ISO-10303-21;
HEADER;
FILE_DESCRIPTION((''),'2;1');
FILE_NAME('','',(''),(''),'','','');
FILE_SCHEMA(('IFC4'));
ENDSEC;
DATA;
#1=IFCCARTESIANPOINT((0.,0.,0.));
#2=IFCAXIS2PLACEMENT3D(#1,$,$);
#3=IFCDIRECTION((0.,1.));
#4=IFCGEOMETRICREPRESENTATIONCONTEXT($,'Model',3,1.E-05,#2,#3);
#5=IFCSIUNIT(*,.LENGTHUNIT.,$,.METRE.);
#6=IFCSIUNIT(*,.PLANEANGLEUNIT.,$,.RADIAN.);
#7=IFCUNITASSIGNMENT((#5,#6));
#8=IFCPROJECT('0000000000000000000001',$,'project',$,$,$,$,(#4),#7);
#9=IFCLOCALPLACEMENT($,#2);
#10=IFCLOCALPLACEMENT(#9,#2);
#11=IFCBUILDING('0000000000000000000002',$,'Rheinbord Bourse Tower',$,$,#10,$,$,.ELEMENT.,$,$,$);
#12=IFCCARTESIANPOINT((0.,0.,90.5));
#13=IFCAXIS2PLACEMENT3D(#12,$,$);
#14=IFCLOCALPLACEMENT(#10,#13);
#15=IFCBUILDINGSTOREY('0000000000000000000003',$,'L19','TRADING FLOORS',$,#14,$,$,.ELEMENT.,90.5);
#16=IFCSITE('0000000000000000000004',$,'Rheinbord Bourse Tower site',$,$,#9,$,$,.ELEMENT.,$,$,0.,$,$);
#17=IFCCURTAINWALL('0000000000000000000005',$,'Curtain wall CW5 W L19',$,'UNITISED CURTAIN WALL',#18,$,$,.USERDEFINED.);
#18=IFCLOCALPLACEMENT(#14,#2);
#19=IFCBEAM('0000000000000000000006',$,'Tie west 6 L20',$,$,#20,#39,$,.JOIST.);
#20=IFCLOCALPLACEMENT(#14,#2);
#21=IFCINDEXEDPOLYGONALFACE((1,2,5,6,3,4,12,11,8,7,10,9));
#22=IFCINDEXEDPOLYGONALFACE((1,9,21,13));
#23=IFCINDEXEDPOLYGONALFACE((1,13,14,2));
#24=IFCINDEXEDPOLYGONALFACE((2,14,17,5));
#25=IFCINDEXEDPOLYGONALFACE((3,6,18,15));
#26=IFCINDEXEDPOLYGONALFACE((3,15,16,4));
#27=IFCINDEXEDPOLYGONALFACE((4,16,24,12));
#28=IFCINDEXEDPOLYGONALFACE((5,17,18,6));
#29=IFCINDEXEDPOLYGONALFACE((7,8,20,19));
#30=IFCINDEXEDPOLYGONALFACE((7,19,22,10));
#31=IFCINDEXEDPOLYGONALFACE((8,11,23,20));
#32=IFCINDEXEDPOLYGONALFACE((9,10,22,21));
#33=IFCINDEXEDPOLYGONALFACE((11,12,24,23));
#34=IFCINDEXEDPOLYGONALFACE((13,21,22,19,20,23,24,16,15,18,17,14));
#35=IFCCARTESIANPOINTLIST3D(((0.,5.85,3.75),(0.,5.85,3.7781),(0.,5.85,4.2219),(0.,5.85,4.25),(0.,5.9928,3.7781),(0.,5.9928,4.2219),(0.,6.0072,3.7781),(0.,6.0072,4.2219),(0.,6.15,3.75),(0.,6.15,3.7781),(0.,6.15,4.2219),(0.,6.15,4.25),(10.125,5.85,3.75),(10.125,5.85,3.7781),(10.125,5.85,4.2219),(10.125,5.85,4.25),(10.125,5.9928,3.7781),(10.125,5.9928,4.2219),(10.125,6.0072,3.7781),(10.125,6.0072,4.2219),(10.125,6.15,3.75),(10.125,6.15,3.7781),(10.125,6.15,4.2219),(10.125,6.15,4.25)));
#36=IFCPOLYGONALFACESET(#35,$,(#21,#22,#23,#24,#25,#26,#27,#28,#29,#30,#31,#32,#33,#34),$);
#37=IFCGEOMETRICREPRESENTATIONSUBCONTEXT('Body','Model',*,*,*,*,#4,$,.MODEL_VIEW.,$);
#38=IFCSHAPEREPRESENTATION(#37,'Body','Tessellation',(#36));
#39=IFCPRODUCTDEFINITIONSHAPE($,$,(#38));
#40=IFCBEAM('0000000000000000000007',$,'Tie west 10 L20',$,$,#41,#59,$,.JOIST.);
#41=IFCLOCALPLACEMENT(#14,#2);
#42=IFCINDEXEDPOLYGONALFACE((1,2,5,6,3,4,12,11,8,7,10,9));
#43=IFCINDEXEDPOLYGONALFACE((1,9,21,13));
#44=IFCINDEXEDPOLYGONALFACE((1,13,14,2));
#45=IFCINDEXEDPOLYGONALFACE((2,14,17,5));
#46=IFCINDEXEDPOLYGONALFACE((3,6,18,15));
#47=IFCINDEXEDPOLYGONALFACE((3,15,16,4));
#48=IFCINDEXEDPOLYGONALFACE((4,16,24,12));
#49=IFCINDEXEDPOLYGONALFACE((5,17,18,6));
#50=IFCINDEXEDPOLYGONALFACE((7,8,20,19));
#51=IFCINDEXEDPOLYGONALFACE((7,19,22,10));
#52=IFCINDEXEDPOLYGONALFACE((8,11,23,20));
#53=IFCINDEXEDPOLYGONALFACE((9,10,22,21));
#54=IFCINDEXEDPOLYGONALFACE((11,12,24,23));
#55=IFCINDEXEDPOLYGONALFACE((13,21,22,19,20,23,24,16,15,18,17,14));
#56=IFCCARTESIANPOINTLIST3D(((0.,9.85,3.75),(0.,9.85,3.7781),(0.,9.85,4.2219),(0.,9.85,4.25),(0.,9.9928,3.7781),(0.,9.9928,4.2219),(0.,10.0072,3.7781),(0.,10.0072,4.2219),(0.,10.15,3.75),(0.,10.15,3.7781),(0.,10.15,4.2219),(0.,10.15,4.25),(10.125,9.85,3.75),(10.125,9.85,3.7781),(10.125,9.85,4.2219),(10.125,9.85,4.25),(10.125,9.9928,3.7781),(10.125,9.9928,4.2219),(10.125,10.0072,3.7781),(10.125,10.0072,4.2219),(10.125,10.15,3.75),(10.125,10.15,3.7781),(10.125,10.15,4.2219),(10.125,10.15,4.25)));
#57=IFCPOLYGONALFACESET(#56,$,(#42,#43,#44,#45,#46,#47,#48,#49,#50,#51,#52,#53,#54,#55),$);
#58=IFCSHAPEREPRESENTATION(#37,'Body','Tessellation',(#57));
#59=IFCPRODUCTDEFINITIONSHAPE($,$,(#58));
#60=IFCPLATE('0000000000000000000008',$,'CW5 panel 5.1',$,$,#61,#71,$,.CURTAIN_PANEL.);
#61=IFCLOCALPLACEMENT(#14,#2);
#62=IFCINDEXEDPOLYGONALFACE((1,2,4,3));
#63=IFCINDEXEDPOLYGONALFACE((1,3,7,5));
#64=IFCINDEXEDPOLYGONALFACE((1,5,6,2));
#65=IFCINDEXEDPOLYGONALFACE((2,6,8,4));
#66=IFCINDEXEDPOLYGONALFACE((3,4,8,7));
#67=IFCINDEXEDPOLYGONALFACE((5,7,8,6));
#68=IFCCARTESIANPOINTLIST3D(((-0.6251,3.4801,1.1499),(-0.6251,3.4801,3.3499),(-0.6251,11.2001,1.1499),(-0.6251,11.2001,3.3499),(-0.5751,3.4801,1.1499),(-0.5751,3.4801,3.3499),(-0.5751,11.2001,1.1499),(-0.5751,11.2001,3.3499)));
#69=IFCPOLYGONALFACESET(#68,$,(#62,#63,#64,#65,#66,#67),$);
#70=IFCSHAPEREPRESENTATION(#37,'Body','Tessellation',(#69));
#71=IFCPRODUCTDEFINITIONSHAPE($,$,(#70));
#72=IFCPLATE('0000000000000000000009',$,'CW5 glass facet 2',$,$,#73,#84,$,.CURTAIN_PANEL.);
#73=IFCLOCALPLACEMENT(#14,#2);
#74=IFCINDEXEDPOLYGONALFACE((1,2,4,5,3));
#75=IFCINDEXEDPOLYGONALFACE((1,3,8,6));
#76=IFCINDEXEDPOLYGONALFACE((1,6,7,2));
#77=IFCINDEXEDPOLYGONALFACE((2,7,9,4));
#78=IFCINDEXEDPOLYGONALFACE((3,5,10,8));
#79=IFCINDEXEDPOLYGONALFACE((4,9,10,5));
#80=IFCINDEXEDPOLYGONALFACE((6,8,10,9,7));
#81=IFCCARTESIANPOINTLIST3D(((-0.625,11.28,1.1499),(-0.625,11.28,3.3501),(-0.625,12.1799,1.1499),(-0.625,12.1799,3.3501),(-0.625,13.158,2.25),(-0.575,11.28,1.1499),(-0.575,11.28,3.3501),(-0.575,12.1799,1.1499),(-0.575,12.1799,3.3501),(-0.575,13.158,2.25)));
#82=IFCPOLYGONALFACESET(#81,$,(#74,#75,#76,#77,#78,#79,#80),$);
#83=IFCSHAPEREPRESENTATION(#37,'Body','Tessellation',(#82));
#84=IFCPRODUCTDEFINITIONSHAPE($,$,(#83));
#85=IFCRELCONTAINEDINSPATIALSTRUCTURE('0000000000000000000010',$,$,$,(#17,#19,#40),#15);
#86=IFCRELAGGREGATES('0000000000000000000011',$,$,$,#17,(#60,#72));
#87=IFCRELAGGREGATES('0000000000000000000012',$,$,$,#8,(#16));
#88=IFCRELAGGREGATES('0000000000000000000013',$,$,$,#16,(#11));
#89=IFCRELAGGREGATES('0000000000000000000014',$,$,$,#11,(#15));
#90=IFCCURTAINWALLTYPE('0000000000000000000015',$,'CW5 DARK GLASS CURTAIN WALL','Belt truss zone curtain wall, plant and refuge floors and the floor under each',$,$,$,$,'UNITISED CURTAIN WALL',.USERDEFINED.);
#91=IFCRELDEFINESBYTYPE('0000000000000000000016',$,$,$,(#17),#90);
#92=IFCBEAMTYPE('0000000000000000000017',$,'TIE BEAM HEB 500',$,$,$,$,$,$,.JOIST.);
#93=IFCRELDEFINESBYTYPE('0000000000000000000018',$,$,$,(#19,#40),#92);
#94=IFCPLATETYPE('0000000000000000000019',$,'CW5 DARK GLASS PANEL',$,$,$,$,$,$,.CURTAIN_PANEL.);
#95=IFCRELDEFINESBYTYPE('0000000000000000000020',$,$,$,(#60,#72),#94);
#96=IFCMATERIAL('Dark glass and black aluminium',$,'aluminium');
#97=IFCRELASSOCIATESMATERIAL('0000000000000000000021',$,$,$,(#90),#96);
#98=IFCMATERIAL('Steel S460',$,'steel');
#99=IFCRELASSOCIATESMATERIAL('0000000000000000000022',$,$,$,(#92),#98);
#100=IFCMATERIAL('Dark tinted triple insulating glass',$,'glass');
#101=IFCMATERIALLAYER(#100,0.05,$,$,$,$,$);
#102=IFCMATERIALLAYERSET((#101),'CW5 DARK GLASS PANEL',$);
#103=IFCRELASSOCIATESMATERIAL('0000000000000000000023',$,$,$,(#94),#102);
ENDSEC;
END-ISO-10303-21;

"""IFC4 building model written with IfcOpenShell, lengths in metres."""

from ifc_helpers import new_model, si_unit, direction, frame, origin, origin_2d, place, context, subcontext, project, spatial, polyline, rectangle, i_section, outline, extrude, material, layer, layer_set, material_profile, profile_set, type_object, element, aggregate, save


model = new_model("IFC4")

# Units and contexts
model_context = context("Model", 3, precision=1e-05, world=origin(), true_north=direction((0.0, 1.0)))
body_context = subcontext(model_context, "Body", "Model", "MODEL_VIEW")
ifc_project = project(units=[si_unit("LENGTHUNIT", "METRE"), si_unit("PLANEANGLEUNIT", "RADIAN")], contexts=[model_context])

# Site, building, storey
site_placement = place(None, origin())
site = spatial("IfcSite", under=ifc_project, at=site_placement, Name="Rheinbord Bourse Tower site", CompositionType="ELEMENT", RefElevation=0.0)
building_placement = place(site_placement, origin())
building = spatial("IfcBuilding", under=site, at=building_placement, Name="Rheinbord Bourse Tower", CompositionType="ELEMENT")
storey_placement = place(building_placement, frame((0.0, 0.0, 90.5)))
storey = spatial("IfcBuildingStorey", under=building, at=storey_placement, Name="L19", Description="TRADING FLOORS", CompositionType="ELEMENT", Elevation=90.5)

# Curtain wall
ifc_material_1 = material(Name="Dark glass and black aluminium", Category="aluminium")
curtain_wall_type = type_object("IfcCurtainWallType", Name="CW5 DARK GLASS CURTAIN WALL", Description="Belt truss zone curtain wall, plant and refuge floors and the floor under each", ElementType="UNITISED CURTAIN WALL", PredefinedType="USERDEFINED", material=ifc_material_1)
curtain_wall_placement = place(storey_placement, origin())
curtain_wall = element("IfcCurtainWall", 1, at=curtain_wall_placement, inside=storey, type_object=curtain_wall_type, Name="Curtain wall CW5 W L19", ObjectType="UNITISED CURTAIN WALL", PredefinedType="USERDEFINED")

# Beams
ifc_material_2 = material(Name="Steel S460", Category="steel")
ifc_material_profile_1 = material_profile(ifc_material_2, i_section(OverallWidth=0.3, OverallDepth=0.5, WebThickness=0.0144, FlangeThickness=0.0281, at=origin_2d()), Name="HEB 500")
ifc_profile_set_1 = profile_set([ifc_material_profile_1], Name="Steel S460")
beam_type_1 = type_object("IfcBeamType", Name="TIE BEAM HEB 500", PredefinedType="JOIST", material=ifc_profile_set_1)
for number, where, z_axis, x_axis, name in (
    (2, (0.0, 6.0, 4.0), (1.0, 0.0, 0.0), (0.0, 1.0, 0.0), "Tie west 6 L20"),
    (3, (0.0, 10.0, 4.0), (1.0, 0.0, 0.0), (0.0, 1.0, 0.0), "Tie west 10 L20"),
):
    element("IfcBeam", number, at=place(storey_placement, frame(where, z_axis=z_axis, x_axis=x_axis)), inside=storey, type_object=beam_type_1, Name=name, PredefinedType="JOIST", context=body_context, shape_type="SweptSolid", body=[
        extrude(i_section(OverallWidth=0.3, OverallDepth=0.5, WebThickness=0.0144, FlangeThickness=0.0281, at=origin_2d()), origin(), (0.0, 0.0, 1.0), 10.125),
    ])

# Plates
ifc_material_3 = material(Name="Dark tinted triple insulating glass", Category="glass")
ifc_layer_1 = layer(ifc_material_3, 0.05)
ifc_layer_set_1 = layer_set([ifc_layer_1], Name="CW5 DARK GLASS PANEL")
plate_type = type_object("IfcPlateType", Name="CW5 DARK GLASS PANEL", PredefinedType="CURTAIN_PANEL", material=ifc_layer_set_1)
plate_1_placement = place(storey_placement, frame((-0.6001, 7.3401, 1.1499), z_axis=(0.0, 0.0, 1.0), x_axis=(0.0, -1.0, 0.0)))
plate_1 = element("IfcPlate", 4, at=plate_1_placement, type_object=plate_type, Name="CW5 panel 5.1", PredefinedType="CURTAIN_PANEL", context=body_context, shape_type="SweptSolid", body=[
    extrude(rectangle(XDim=7.72, YDim=0.05, at=origin_2d()), origin(), (0.0, 0.0, 1.0), 2.2),
])
plate_2_placement = place(storey_placement, frame((-0.625, 11.28, 3.3501), z_axis=(1.0, 0.0, 0.0), x_axis=(0.0, 0.0, -1.0)))
plate_2 = element("IfcPlate", 5, at=plate_2_placement, type_object=plate_type, Name="CW5 glass facet 2", PredefinedType="CURTAIN_PANEL", context=body_context, shape_type="SweptSolid", body=[
    extrude(outline(polyline([(0.0, 0.0), (2.2002, 0.0), (2.2002, 0.8999), (1.1001, 1.8779), (0.0, 0.8999), (0.0, 0.0)])), origin(), (0.0, 0.0, 1.0), 0.05),
])
aggregate(curtain_wall, [plate_1, plate_2])

save(model, "model.ifc")
